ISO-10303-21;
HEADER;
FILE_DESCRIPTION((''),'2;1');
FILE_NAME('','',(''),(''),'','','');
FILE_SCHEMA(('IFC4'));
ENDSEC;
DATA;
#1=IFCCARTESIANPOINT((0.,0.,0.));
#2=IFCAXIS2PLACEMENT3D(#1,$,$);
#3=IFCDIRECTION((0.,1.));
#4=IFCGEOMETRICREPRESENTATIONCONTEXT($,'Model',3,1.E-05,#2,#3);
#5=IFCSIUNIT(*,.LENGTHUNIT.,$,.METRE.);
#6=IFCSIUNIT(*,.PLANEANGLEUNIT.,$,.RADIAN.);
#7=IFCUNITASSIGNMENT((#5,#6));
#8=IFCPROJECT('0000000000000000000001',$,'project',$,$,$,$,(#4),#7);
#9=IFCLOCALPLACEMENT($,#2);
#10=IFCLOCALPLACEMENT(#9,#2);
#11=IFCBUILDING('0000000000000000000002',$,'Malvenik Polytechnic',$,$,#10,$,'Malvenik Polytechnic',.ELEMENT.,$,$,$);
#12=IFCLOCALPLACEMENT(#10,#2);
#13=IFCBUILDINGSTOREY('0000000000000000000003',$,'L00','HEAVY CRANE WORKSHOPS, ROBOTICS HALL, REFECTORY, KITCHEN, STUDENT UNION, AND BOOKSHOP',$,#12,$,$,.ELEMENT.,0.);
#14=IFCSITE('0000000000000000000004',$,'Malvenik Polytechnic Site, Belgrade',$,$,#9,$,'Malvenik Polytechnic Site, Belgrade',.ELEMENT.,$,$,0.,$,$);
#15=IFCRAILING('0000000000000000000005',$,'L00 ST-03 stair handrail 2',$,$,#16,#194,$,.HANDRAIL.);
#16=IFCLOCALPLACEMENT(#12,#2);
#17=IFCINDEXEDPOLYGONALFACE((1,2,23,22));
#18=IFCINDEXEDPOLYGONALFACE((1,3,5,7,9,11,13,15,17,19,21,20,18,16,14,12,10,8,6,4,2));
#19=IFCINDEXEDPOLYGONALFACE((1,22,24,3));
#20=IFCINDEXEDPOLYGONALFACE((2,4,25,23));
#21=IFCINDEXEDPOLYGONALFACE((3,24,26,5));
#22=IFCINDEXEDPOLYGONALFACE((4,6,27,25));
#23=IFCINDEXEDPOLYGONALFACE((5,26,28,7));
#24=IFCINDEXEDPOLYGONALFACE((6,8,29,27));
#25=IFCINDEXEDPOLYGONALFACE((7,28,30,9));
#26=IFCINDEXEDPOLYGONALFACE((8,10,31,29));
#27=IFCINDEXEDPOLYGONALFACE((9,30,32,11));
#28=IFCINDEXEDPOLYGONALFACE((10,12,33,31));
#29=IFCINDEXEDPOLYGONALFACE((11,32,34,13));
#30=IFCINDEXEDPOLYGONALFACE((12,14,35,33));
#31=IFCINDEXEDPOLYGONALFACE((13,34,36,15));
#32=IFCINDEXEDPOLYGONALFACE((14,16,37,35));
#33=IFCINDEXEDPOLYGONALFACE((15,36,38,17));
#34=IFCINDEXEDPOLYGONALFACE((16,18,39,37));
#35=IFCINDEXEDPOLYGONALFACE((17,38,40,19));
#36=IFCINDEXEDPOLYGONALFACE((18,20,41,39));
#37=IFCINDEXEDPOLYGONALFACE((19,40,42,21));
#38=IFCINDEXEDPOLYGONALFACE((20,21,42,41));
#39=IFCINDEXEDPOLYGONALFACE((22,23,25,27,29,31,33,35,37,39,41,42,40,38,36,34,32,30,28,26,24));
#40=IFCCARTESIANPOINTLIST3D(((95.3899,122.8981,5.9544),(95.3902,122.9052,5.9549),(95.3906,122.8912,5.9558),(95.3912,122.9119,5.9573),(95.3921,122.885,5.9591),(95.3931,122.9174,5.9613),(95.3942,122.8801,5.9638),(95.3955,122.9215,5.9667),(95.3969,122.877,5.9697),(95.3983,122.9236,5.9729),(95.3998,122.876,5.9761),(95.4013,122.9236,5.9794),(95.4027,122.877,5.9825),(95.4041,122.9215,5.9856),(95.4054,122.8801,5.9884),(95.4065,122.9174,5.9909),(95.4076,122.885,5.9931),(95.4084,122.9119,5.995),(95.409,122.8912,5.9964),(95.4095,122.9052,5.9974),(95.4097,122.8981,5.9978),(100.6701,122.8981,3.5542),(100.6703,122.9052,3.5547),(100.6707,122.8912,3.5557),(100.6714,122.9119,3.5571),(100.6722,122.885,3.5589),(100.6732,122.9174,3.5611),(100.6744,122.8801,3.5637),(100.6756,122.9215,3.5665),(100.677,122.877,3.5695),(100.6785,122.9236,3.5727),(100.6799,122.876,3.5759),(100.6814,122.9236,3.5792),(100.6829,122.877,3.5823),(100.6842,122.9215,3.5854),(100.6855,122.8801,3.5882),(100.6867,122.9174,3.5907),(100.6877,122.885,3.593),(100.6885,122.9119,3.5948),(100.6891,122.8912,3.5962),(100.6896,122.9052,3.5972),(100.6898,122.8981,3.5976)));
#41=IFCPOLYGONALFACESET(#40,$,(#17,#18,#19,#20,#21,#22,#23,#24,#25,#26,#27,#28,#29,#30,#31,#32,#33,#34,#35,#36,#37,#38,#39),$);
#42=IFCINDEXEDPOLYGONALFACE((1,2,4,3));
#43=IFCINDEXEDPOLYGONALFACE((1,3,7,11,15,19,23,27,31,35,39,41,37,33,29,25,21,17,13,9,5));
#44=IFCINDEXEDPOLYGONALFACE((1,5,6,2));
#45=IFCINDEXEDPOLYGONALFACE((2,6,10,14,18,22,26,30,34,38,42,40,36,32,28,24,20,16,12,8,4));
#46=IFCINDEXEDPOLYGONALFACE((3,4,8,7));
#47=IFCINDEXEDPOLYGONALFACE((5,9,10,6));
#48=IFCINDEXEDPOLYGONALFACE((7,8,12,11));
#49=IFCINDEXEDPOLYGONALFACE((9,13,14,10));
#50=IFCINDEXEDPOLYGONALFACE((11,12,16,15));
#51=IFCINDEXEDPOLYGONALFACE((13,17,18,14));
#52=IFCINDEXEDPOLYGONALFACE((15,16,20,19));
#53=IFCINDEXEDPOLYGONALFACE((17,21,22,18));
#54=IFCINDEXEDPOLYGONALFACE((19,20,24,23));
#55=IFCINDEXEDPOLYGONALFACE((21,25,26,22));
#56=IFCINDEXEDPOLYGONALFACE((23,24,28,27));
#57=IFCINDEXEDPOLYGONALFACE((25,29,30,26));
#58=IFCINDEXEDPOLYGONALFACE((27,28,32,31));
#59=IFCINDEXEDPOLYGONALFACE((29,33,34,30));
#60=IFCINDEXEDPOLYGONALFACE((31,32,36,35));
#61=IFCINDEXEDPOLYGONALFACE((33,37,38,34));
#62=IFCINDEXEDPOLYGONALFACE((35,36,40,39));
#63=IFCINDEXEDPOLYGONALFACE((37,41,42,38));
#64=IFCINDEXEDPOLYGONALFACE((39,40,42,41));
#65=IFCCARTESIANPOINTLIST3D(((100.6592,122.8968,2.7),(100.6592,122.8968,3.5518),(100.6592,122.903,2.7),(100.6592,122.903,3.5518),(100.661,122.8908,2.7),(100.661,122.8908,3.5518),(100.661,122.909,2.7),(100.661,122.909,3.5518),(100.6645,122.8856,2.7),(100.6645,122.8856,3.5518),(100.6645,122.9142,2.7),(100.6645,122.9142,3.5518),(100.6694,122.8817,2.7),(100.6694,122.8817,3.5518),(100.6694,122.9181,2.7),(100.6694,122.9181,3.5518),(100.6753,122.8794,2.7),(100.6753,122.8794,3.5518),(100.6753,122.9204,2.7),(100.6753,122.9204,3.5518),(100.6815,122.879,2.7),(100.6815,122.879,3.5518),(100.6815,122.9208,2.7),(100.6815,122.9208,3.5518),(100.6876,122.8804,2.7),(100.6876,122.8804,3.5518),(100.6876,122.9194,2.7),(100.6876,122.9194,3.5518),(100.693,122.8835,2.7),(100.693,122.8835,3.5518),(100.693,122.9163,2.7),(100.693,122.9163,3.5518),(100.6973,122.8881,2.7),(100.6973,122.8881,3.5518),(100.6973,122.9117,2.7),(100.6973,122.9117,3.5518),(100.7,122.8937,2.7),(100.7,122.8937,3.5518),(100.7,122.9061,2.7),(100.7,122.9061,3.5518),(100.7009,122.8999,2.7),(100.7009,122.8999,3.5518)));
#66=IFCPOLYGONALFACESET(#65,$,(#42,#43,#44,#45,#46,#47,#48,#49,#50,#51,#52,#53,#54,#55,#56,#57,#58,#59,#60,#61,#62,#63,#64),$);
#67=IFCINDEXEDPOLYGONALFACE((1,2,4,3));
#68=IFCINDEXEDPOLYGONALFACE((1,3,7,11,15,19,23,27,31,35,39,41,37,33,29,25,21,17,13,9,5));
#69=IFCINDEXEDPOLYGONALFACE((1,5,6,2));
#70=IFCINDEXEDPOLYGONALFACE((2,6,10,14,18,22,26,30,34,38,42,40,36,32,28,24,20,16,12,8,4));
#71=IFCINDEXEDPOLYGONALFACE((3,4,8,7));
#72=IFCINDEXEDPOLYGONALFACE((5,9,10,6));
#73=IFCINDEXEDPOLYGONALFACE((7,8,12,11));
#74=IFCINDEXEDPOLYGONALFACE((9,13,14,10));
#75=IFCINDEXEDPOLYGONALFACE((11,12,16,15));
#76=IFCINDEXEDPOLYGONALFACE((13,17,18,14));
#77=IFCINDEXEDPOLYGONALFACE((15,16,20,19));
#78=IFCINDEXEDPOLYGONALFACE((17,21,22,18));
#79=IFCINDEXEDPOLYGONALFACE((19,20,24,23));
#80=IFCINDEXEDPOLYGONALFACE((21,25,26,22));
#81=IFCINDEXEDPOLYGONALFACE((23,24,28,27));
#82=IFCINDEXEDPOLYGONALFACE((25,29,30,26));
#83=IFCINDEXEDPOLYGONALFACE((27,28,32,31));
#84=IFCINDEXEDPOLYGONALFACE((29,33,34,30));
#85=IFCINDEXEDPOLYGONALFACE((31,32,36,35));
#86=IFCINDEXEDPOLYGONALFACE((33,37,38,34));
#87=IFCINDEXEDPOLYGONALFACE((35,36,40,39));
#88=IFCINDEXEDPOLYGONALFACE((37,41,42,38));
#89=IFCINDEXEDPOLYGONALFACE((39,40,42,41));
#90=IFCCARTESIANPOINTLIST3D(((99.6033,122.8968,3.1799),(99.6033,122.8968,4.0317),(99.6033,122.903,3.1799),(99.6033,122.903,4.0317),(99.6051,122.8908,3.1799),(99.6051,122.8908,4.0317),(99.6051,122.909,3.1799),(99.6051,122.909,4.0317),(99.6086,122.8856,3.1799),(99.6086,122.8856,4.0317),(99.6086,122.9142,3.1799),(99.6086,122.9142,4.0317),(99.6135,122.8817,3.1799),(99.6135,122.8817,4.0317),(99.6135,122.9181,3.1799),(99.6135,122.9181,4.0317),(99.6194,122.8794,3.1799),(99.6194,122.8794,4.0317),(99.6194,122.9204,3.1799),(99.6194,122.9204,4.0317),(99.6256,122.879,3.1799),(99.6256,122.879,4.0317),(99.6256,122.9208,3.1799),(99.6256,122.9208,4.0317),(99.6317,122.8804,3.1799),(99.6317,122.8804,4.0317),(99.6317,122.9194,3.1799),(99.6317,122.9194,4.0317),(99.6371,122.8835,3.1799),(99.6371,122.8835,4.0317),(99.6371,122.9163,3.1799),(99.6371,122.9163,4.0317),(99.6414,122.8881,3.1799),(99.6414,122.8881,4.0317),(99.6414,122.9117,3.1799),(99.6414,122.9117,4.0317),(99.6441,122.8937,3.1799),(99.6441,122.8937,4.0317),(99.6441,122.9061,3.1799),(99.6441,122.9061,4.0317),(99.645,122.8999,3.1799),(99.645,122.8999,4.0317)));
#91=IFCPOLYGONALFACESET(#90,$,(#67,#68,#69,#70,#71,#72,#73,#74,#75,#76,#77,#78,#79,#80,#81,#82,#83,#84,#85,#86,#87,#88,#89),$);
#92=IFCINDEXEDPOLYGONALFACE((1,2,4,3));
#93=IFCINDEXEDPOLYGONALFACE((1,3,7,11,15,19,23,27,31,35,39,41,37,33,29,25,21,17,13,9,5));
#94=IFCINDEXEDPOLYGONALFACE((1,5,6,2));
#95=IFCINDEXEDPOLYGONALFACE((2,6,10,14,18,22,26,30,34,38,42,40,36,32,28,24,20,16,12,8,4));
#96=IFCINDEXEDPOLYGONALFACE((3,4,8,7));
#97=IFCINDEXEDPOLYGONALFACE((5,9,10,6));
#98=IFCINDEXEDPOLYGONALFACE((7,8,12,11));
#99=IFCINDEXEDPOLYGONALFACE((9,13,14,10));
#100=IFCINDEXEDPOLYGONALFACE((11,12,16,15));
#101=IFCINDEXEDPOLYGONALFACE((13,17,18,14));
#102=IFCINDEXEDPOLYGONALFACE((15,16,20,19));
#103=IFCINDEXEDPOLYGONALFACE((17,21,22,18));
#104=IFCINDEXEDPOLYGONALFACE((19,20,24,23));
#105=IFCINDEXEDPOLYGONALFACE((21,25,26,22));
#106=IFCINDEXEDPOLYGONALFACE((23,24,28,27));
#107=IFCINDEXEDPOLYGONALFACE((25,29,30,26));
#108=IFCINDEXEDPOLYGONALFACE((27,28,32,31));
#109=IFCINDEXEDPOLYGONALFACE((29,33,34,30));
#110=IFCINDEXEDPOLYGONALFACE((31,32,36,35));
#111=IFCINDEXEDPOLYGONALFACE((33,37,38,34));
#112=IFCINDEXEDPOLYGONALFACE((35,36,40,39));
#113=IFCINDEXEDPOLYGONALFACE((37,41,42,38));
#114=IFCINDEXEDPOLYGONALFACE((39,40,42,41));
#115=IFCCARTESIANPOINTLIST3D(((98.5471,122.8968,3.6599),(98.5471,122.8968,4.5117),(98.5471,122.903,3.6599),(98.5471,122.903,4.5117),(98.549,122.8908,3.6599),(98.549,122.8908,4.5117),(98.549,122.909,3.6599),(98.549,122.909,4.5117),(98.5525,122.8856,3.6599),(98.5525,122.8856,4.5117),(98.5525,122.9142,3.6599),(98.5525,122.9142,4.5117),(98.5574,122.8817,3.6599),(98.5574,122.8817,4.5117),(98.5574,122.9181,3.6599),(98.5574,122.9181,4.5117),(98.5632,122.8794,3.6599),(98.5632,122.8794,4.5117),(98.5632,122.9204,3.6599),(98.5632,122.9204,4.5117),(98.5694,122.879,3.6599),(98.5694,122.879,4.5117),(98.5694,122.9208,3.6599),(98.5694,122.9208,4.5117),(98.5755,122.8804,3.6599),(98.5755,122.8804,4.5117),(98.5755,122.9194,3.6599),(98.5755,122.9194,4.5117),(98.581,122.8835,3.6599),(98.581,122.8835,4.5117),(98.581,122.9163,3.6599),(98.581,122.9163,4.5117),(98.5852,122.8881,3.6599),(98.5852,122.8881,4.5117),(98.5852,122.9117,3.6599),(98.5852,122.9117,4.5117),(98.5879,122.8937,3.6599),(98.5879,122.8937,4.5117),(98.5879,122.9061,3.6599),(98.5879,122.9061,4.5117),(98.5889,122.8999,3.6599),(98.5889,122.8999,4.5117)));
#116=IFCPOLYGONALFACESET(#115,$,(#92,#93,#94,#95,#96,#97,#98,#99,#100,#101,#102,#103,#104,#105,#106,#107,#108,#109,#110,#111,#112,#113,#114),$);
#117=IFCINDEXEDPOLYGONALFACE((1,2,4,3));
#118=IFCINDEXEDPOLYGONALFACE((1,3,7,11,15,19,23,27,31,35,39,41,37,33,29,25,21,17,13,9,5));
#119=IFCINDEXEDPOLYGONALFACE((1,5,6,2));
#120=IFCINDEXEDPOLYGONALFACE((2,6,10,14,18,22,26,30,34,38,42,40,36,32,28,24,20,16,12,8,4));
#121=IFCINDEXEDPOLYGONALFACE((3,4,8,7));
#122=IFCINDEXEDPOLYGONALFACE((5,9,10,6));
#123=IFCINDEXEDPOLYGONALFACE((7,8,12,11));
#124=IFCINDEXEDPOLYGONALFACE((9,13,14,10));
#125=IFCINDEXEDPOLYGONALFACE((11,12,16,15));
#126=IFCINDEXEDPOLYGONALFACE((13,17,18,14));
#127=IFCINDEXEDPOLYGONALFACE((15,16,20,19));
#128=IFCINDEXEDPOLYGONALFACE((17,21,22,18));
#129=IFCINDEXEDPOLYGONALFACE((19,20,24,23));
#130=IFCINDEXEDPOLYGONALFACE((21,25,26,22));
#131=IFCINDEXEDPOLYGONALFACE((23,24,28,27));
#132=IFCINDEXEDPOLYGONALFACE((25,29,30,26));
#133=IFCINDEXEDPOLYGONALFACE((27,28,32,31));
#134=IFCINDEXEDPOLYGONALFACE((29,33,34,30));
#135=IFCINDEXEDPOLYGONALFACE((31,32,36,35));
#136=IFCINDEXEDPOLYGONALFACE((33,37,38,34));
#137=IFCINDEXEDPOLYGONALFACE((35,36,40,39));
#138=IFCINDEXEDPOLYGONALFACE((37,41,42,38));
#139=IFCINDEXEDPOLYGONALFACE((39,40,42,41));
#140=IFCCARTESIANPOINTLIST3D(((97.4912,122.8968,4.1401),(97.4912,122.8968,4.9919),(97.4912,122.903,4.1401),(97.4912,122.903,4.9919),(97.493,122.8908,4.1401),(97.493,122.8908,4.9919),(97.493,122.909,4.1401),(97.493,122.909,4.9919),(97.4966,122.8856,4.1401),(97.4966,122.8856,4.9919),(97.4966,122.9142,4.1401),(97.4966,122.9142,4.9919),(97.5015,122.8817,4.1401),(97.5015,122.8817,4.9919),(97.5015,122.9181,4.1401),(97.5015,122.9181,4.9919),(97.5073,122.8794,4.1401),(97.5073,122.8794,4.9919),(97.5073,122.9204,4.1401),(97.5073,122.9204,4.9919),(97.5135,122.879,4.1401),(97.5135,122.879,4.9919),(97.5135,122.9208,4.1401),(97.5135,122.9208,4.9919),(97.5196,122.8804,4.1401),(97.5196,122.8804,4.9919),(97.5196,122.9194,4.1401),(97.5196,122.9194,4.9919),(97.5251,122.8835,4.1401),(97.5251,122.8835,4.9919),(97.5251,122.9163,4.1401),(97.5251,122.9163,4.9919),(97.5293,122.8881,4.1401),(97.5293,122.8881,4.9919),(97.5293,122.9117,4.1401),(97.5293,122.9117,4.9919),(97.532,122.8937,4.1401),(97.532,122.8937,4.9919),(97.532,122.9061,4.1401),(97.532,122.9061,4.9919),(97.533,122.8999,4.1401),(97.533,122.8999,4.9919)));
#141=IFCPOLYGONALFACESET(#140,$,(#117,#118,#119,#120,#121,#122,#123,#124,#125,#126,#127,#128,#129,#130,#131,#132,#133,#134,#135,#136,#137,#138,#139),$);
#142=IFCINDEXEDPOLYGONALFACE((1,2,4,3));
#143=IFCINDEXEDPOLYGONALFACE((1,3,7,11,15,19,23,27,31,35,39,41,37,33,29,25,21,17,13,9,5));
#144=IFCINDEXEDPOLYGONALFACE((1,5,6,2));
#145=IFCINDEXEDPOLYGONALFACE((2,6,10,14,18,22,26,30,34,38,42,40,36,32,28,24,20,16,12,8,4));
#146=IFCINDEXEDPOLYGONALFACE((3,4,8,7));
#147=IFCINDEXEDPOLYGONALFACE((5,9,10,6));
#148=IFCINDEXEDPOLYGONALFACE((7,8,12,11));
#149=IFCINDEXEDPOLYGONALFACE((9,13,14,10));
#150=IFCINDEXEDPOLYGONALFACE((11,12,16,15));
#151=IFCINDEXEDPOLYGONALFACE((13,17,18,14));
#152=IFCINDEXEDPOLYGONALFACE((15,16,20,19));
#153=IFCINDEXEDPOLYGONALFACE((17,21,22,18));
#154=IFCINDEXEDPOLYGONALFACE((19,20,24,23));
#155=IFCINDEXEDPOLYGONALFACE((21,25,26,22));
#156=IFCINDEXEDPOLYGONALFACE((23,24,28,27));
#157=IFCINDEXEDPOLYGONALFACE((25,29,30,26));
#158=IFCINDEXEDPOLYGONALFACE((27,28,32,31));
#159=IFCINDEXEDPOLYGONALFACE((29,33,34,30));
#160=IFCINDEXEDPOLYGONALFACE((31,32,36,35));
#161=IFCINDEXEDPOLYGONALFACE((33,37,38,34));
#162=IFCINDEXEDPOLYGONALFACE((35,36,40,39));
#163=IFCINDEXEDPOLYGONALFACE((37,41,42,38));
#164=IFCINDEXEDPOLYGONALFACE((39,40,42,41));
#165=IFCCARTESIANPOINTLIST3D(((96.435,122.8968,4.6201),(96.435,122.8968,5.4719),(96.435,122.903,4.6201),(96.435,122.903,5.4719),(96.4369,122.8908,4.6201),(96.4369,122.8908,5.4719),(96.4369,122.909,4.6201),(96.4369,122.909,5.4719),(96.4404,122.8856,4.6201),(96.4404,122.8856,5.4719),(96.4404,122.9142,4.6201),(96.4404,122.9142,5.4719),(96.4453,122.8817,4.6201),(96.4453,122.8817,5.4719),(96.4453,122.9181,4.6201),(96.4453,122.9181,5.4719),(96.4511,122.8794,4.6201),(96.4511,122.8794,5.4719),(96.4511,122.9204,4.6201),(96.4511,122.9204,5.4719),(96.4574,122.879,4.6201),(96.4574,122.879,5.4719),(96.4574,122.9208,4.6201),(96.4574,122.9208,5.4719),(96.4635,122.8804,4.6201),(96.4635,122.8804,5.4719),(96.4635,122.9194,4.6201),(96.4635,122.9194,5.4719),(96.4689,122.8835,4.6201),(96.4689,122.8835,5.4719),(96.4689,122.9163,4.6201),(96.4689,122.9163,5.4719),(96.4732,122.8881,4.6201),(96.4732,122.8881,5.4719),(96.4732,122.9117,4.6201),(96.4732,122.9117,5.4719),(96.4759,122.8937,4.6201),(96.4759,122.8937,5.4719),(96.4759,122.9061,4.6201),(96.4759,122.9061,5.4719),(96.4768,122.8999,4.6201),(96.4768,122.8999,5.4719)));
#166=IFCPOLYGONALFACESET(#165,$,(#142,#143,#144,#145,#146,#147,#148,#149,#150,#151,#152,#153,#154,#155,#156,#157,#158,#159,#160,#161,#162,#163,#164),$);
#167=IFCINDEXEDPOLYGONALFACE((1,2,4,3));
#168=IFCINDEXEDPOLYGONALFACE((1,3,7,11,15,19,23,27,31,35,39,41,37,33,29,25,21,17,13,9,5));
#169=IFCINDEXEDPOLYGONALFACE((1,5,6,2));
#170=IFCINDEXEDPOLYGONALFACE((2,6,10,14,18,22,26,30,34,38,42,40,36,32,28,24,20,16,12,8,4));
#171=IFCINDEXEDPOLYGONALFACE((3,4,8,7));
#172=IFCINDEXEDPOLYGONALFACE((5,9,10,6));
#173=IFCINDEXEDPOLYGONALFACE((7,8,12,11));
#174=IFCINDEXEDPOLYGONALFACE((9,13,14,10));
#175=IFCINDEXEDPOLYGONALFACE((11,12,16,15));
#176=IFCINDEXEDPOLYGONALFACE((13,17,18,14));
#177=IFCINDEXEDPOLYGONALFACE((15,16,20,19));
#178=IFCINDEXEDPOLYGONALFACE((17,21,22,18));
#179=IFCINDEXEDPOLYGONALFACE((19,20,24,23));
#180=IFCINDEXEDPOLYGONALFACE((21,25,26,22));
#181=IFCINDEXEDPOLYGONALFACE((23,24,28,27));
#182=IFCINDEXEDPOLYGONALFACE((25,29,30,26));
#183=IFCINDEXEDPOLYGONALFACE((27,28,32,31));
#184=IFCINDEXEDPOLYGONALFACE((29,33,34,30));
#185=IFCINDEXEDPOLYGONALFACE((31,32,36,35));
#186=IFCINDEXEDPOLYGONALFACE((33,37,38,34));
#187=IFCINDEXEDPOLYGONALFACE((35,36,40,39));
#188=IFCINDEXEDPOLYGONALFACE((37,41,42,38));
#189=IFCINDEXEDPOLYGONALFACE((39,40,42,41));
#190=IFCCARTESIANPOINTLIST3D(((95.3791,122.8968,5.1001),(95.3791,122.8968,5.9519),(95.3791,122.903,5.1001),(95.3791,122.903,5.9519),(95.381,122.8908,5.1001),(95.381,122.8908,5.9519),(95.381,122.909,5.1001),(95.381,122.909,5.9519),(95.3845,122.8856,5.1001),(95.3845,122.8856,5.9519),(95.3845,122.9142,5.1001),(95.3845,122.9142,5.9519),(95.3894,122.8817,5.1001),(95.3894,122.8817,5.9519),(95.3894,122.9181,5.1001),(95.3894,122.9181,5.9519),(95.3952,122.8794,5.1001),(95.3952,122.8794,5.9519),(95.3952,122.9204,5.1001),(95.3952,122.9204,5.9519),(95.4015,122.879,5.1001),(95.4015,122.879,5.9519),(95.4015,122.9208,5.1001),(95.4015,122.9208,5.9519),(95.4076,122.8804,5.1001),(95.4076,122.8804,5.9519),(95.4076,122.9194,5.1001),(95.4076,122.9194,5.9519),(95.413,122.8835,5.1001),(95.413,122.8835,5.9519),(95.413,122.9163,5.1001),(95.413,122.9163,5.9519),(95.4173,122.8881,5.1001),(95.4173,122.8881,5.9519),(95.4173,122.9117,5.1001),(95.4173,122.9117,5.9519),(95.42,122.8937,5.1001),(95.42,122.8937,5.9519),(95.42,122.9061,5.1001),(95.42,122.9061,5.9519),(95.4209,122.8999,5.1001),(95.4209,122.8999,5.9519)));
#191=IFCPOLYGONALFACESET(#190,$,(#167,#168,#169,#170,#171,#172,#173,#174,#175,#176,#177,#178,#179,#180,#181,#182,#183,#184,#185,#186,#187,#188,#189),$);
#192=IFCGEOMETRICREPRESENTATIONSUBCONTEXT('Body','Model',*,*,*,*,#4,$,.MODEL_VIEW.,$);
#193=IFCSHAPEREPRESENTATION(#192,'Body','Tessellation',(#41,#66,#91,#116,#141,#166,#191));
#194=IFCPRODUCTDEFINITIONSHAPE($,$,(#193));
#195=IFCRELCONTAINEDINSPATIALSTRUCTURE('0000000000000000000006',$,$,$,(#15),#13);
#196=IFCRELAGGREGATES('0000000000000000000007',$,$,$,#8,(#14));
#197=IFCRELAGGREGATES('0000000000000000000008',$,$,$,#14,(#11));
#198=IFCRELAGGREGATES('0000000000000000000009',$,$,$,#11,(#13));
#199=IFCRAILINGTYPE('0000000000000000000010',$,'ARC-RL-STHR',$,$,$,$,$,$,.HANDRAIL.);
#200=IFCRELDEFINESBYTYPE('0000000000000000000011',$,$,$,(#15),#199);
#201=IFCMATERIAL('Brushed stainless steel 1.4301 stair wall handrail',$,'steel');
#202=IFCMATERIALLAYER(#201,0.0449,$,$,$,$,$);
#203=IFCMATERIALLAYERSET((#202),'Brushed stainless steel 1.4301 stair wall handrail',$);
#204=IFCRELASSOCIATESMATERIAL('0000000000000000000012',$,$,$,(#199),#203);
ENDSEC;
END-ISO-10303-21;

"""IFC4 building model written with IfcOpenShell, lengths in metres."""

from ifc_helpers import new_model, si_unit, direction, frame, origin, origin_2d, place, context, subcontext, project, spatial, circle, extrude, material, layer, layer_set, type_object, element, save


model = new_model("IFC4")

# Units and contexts
model_context = context("Model", 3, precision=1e-05, world=origin(), true_north=direction((0.0, 1.0)))
body_context = subcontext(model_context, "Body", "Model", "MODEL_VIEW")
ifc_project = project(units=[si_unit("LENGTHUNIT", "METRE"), si_unit("PLANEANGLEUNIT", "RADIAN")], contexts=[model_context])

# Site, building, storey
site_placement = place(None, origin())
site = spatial("IfcSite", under=ifc_project, at=site_placement, Name="Malvenik Polytechnic Site, Belgrade", LongName="Malvenik Polytechnic Site, Belgrade", CompositionType="ELEMENT", RefElevation=0.0)
building_placement = place(site_placement, origin())
building = spatial("IfcBuilding", under=site, at=building_placement, Name="Malvenik Polytechnic", LongName="Malvenik Polytechnic", CompositionType="ELEMENT")
storey_placement = place(building_placement, origin())
storey = spatial("IfcBuildingStorey", under=building, at=storey_placement, Name="L00", Description="HEAVY CRANE WORKSHOPS, ROBOTICS HALL, REFECTORY, KITCHEN, STUDENT UNION, AND BOOKSHOP", CompositionType="ELEMENT", Elevation=0.0)

# Railing
ifc_material_1 = material(Name="Brushed stainless steel 1.4301 stair wall handrail", Category="steel")
ifc_layer_1 = layer(ifc_material_1, 0.0449)
ifc_layer_set_1 = layer_set([ifc_layer_1], Name="Brushed stainless steel 1.4301 stair wall handrail")
railing_type_1 = type_object("IfcRailingType", Name="ARC-RL-STHR", PredefinedType="HANDRAIL", material=ifc_layer_set_1)
railing_1_placement = place(storey_placement, frame((100.6799, 122.8999, 2.7)))
element("IfcRailing", 1, at=railing_1_placement, inside=storey, type_object=railing_type_1, Name="L00 ST-03 stair handrail 2", PredefinedType="HANDRAIL", context=body_context, shape_type="SweptSolid", body=[
    extrude(circle(Radius=0.0239, at=origin_2d()), frame((0.0, 0.0, 0.876), z_axis=(-0.910358, 0.0, 0.413822), x_axis=(0.0, -1.0, 0.0)), (0.0, 0.0, 1.0), 5.8),
    extrude(circle(Radius=0.021, at=origin_2d()), origin(), (0.0, 0.0, 1.0), 0.8518),
    extrude(circle(Radius=0.021, at=origin_2d()), frame((-1.0559, 0.0, 0.48)), (0.0, 0.0, 1.0), 0.8518),
    extrude(circle(Radius=0.021, at=origin_2d()), frame((-2.1121, 0.0, 0.96)), (0.0, 0.0, 1.0), 0.8518),
    extrude(circle(Radius=0.021, at=origin_2d()), frame((-3.168, 0.0, 1.4402)), (0.0, 0.0, 1.0), 0.8518),
    extrude(circle(Radius=0.021, at=origin_2d()), frame((-4.2241, 0.0, 1.9202)), (0.0, 0.0, 1.0), 0.8518),
    extrude(circle(Radius=0.021, at=origin_2d()), frame((-5.28, 0.0, 2.4001)), (0.0, 0.0, 1.0), 0.8518),
])

save(model, "model.ifc")
